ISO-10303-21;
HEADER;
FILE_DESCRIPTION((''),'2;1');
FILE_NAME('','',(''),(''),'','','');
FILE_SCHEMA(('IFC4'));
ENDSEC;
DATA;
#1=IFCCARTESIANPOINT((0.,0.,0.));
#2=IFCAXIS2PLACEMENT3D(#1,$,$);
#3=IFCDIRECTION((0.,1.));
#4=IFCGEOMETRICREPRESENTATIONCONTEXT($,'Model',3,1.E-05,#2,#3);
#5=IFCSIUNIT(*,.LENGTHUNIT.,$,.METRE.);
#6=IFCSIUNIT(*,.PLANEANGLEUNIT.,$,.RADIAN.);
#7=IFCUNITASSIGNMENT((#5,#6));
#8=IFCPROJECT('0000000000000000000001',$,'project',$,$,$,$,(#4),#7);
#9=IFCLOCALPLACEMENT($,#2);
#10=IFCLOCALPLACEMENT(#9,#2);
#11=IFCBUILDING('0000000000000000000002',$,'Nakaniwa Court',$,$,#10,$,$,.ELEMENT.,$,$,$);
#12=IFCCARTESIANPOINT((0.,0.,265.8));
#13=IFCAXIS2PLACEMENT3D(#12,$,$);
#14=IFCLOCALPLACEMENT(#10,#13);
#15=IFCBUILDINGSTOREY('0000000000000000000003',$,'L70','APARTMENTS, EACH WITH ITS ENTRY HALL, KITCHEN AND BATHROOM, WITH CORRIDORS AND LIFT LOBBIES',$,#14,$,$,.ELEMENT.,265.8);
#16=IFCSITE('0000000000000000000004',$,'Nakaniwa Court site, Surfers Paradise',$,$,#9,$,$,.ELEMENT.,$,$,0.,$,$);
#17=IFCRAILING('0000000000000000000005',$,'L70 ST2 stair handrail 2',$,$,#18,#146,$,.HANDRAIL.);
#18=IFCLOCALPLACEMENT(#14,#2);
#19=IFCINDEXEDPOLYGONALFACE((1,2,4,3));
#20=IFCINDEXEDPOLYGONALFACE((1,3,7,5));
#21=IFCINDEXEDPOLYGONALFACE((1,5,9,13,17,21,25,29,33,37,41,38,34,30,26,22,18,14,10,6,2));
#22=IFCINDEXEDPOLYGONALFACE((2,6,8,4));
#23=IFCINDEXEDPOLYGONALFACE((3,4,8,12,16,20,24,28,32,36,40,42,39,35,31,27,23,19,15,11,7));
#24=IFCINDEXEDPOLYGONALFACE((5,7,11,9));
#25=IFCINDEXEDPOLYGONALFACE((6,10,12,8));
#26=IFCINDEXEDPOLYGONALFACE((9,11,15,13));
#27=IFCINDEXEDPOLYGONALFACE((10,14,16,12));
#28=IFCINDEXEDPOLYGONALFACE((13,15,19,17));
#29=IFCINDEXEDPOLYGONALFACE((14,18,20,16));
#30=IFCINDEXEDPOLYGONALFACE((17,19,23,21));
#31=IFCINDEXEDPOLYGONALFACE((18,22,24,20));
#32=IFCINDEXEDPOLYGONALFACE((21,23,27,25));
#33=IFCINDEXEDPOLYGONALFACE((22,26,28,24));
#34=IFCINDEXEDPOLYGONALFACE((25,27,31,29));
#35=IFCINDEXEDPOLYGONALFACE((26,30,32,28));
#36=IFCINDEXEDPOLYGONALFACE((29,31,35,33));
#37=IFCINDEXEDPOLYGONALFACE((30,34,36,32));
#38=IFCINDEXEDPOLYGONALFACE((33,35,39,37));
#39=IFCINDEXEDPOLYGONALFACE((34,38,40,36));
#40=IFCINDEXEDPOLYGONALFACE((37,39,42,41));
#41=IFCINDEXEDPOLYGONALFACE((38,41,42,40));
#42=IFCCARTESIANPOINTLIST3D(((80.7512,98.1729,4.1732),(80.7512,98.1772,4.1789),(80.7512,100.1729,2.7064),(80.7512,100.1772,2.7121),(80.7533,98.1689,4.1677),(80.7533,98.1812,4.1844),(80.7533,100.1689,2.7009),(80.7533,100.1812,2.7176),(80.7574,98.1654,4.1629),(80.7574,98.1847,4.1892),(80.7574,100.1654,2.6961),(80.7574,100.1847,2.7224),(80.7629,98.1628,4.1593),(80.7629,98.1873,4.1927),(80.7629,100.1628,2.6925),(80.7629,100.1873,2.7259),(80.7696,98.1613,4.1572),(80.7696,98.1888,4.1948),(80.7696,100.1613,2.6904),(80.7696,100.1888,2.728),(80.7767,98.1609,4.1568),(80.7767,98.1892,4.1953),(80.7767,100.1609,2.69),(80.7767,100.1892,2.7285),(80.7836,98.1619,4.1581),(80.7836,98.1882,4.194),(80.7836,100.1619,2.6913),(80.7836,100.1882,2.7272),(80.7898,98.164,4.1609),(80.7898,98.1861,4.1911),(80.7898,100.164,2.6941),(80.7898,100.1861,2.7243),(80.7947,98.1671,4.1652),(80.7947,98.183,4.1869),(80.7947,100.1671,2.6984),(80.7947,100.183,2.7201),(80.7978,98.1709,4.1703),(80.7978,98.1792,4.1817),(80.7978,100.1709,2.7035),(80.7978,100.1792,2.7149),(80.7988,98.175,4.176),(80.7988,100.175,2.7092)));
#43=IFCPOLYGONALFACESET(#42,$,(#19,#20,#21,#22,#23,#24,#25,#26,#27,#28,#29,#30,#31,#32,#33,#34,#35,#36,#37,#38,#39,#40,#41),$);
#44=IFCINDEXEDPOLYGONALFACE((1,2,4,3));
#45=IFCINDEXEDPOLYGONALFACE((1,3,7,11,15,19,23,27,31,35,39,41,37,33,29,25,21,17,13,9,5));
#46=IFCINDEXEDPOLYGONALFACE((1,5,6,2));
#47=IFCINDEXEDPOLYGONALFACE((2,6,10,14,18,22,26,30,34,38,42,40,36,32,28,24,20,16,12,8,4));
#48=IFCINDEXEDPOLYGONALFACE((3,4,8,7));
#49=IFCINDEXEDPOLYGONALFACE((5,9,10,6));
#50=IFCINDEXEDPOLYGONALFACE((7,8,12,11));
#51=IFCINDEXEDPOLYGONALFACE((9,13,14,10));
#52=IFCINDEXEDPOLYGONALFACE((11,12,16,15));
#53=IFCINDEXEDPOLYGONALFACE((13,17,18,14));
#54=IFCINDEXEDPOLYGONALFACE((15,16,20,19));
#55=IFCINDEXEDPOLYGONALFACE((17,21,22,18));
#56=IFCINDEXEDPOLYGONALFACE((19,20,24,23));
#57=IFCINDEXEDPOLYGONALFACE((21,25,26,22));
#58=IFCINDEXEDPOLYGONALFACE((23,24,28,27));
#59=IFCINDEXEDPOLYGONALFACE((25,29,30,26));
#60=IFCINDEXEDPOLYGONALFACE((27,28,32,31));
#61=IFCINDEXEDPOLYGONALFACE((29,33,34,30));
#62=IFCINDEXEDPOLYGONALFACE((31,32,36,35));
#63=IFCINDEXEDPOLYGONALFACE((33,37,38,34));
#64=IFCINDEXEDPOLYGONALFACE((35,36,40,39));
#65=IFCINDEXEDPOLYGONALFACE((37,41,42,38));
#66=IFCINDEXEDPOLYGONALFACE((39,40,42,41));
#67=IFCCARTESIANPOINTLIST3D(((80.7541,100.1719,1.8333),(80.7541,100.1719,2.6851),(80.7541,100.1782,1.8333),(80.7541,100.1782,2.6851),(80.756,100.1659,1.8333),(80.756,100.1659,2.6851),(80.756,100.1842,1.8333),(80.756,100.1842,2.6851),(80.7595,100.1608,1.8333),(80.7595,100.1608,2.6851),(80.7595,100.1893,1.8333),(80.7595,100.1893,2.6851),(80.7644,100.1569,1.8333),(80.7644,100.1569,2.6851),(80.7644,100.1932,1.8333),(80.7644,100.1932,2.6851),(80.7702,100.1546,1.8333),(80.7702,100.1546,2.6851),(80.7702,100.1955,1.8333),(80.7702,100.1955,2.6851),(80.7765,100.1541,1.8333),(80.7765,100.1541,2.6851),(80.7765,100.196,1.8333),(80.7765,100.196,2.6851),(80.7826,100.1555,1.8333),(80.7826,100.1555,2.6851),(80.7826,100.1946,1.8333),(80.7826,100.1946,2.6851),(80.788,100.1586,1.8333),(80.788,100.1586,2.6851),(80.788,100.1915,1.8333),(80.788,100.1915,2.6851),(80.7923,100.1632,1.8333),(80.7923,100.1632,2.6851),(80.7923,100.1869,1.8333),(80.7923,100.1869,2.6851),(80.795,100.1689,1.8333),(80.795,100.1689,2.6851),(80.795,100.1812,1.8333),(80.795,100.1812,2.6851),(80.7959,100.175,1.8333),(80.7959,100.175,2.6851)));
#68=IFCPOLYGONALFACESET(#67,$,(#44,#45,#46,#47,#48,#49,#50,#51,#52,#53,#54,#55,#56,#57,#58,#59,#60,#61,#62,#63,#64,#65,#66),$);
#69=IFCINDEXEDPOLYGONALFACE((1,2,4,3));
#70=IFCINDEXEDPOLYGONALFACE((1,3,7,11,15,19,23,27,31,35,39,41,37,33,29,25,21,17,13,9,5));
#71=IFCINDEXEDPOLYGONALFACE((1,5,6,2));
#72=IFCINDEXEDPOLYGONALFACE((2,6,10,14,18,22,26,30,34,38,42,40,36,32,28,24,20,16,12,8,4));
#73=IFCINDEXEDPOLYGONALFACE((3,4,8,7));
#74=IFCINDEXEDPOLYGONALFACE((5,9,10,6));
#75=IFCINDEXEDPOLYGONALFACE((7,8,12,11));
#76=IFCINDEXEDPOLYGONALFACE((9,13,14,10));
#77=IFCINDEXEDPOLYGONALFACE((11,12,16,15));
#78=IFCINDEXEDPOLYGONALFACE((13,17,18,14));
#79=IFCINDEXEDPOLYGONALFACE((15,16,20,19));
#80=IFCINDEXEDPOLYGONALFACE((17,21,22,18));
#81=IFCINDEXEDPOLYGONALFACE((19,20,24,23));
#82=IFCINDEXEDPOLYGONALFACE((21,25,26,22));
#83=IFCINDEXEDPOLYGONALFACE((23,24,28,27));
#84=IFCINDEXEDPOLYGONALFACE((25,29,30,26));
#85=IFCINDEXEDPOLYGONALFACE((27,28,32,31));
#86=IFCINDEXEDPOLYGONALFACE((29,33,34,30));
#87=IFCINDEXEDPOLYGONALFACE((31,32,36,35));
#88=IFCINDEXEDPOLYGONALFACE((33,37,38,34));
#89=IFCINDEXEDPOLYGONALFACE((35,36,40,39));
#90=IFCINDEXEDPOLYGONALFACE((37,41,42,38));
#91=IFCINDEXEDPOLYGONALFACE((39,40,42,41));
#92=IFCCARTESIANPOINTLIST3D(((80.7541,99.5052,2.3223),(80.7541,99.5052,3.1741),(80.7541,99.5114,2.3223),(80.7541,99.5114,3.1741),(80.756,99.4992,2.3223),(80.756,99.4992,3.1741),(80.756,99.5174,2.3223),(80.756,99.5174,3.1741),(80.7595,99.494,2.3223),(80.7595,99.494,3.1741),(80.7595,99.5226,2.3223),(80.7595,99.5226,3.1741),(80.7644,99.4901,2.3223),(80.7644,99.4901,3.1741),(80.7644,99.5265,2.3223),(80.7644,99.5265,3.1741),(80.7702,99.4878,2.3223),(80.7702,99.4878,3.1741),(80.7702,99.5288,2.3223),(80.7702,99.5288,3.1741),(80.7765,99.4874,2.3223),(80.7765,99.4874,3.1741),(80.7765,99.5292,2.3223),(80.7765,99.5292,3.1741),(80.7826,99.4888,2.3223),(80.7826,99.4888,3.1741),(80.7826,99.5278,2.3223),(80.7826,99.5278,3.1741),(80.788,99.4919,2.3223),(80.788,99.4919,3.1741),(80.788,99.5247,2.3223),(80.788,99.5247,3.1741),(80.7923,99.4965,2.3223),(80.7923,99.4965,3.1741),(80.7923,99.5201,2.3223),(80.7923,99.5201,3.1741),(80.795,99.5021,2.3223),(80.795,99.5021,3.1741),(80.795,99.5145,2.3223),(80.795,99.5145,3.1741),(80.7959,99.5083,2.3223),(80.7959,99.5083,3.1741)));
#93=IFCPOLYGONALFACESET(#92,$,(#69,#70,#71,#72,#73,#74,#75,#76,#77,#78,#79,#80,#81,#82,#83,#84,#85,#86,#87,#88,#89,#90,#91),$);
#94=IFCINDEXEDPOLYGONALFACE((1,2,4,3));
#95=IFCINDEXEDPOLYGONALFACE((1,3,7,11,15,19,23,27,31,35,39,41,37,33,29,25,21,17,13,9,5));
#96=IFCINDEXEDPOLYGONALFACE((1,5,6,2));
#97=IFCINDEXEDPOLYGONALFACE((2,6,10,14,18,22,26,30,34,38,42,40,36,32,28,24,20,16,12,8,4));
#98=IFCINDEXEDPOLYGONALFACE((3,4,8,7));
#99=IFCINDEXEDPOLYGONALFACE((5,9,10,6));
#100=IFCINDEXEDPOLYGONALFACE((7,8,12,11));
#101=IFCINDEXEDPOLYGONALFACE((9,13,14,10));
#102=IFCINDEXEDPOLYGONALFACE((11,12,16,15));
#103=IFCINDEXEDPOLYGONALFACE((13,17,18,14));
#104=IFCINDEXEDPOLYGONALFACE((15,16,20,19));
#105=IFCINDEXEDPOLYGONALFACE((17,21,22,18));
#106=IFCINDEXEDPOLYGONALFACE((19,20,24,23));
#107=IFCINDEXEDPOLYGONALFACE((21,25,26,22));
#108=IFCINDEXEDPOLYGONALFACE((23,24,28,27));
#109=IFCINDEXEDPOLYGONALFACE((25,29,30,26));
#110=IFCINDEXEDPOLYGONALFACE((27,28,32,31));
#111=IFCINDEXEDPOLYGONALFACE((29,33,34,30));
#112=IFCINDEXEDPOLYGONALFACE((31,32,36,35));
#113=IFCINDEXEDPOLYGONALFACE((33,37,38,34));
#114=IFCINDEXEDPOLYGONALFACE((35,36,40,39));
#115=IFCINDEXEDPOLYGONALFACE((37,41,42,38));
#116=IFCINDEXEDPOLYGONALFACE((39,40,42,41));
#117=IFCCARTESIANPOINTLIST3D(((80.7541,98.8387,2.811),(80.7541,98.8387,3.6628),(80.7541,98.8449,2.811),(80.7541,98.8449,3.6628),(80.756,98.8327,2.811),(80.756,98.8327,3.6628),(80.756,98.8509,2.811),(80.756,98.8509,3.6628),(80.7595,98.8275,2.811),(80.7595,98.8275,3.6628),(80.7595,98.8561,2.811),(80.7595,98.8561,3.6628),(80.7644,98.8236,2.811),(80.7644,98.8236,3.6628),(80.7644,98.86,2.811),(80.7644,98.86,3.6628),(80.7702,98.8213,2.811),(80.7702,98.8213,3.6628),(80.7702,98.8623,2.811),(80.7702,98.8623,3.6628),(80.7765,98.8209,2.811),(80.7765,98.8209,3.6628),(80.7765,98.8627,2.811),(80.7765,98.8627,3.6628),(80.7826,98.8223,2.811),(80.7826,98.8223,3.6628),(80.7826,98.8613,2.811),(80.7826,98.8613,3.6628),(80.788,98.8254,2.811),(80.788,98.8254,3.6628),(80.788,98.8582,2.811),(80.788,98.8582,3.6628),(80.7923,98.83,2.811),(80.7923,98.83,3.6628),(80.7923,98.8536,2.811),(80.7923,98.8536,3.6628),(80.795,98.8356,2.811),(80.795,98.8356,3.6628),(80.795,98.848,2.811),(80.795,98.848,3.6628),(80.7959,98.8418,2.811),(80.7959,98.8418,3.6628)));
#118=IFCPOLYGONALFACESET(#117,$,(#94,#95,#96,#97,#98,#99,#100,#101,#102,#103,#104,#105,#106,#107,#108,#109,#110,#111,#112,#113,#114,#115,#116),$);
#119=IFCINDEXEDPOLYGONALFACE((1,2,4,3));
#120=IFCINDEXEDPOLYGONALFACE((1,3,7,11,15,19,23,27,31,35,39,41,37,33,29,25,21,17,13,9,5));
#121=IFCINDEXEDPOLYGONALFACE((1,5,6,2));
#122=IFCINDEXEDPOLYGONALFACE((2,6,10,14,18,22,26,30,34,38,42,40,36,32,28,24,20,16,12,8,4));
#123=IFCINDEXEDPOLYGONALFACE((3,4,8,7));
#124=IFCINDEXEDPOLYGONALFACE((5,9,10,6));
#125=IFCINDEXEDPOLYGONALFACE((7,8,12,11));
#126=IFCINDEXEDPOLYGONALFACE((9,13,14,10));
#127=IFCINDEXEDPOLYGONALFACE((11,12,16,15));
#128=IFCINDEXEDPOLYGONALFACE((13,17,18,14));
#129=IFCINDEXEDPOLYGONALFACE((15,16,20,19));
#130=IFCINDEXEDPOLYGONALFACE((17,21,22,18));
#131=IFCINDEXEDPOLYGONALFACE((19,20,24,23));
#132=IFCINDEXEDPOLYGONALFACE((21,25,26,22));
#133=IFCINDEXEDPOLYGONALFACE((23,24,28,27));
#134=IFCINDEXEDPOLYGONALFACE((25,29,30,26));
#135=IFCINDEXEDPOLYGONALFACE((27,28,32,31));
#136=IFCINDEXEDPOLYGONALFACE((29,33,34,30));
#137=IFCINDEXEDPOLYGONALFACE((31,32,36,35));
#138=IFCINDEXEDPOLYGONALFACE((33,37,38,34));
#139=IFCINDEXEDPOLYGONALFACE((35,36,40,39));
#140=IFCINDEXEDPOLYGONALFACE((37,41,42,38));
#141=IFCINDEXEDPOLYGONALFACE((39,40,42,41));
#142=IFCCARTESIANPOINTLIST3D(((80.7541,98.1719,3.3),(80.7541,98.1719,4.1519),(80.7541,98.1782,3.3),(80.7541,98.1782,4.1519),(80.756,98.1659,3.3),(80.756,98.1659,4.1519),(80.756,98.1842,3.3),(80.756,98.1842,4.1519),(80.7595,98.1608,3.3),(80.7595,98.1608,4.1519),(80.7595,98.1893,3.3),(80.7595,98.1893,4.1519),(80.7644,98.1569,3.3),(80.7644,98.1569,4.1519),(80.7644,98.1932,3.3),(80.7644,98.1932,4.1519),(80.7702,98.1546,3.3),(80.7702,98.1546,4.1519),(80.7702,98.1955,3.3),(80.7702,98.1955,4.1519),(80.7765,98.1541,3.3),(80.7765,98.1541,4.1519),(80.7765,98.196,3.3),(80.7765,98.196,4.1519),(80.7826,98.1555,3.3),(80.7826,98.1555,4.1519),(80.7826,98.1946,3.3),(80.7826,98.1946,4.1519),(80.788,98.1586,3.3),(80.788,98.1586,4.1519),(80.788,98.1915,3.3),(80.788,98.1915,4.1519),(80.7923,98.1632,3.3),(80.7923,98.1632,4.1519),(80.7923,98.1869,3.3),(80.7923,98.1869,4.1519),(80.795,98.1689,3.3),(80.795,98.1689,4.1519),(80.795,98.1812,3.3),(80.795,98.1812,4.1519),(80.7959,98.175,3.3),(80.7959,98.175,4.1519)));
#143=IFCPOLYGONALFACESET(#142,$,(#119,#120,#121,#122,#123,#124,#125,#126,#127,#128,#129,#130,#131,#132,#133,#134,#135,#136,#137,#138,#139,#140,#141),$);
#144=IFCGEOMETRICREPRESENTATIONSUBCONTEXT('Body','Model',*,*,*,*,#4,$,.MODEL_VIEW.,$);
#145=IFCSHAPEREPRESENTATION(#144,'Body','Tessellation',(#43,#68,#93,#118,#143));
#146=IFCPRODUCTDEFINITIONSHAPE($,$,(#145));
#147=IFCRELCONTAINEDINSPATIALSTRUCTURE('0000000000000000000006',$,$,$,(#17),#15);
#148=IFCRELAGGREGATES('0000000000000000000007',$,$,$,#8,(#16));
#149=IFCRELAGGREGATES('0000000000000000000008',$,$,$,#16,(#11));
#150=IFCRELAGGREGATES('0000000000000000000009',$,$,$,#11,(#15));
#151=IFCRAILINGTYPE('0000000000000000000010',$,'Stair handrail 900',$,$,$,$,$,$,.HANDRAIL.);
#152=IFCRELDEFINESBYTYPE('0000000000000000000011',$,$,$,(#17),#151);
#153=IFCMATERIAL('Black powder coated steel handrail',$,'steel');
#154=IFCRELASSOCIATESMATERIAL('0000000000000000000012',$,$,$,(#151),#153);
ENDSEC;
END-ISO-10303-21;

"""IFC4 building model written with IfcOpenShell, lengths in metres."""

from ifc_helpers import new_model, si_unit, direction, frame, origin, origin_2d, place, context, subcontext, project, spatial, circle, extrude, material, type_object, element, save


model = new_model("IFC4")

# Units and contexts
model_context = context("Model", 3, precision=1e-05, world=origin(), true_north=direction((0.0, 1.0)))
body_context = subcontext(model_context, "Body", "Model", "MODEL_VIEW")
ifc_project = project(units=[si_unit("LENGTHUNIT", "METRE"), si_unit("PLANEANGLEUNIT", "RADIAN")], contexts=[model_context])

# Site, building, storey
site_placement = place(None, origin())
site = spatial("IfcSite", under=ifc_project, at=site_placement, Name="Nakaniwa Court site, Surfers Paradise", CompositionType="ELEMENT", RefElevation=0.0)
building_placement = place(site_placement, origin())
building = spatial("IfcBuilding", under=site, at=building_placement, Name="Nakaniwa Court", CompositionType="ELEMENT")
storey_placement = place(building_placement, frame((0.0, 0.0, 265.8)))
storey = spatial("IfcBuildingStorey", under=building, at=storey_placement, Name="L70", Description="APARTMENTS, EACH WITH ITS ENTRY HALL, KITCHEN AND BATHROOM, WITH CORRIDORS AND LIFT LOBBIES", CompositionType="ELEMENT", Elevation=265.8)

# Railing
ifc_material_1 = material(Name="Black powder coated steel handrail", Category="steel")
railing_type_1 = type_object("IfcRailingType", Name="Stair handrail 900", PredefinedType="HANDRAIL", material=ifc_material_1)
railing_1_placement = place(storey_placement, frame((80.7749, 100.175, 1.8333)))
element("IfcRailing", 1, at=railing_1_placement, inside=storey, type_object=railing_type_1, Name="L70 ST2 stair handrail 2", PredefinedType="HANDRAIL", context=body_context, shape_type="SweptSolid", body=[
    extrude(circle(Radius=0.0239, at=origin_2d()), frame((0.0, 0.0, 0.876), z_axis=(0.0, -0.80638, 0.591398), x_axis=(1.0, 0.0, 0.0)), (0.0, 0.0, 1.0), 2.4802),
    extrude(circle(Radius=0.021, at=origin_2d()), origin(), (0.0, 0.0, 1.0), 0.8518),
    extrude(circle(Radius=0.021, at=origin_2d()), frame((0.0, -0.6667, 0.489)), (0.0, 0.0, 1.0), 0.8518),
    extrude(circle(Radius=0.021, at=origin_2d()), frame((0.0, -1.3333, 0.9778)), (0.0, 0.0, 1.0), 0.8518),
    extrude(circle(Radius=0.021, at=origin_2d()), frame((0.0, -2.0, 1.4668)), (0.0, 0.0, 1.0), 0.8518),
])

save(model, "model.ifc")
